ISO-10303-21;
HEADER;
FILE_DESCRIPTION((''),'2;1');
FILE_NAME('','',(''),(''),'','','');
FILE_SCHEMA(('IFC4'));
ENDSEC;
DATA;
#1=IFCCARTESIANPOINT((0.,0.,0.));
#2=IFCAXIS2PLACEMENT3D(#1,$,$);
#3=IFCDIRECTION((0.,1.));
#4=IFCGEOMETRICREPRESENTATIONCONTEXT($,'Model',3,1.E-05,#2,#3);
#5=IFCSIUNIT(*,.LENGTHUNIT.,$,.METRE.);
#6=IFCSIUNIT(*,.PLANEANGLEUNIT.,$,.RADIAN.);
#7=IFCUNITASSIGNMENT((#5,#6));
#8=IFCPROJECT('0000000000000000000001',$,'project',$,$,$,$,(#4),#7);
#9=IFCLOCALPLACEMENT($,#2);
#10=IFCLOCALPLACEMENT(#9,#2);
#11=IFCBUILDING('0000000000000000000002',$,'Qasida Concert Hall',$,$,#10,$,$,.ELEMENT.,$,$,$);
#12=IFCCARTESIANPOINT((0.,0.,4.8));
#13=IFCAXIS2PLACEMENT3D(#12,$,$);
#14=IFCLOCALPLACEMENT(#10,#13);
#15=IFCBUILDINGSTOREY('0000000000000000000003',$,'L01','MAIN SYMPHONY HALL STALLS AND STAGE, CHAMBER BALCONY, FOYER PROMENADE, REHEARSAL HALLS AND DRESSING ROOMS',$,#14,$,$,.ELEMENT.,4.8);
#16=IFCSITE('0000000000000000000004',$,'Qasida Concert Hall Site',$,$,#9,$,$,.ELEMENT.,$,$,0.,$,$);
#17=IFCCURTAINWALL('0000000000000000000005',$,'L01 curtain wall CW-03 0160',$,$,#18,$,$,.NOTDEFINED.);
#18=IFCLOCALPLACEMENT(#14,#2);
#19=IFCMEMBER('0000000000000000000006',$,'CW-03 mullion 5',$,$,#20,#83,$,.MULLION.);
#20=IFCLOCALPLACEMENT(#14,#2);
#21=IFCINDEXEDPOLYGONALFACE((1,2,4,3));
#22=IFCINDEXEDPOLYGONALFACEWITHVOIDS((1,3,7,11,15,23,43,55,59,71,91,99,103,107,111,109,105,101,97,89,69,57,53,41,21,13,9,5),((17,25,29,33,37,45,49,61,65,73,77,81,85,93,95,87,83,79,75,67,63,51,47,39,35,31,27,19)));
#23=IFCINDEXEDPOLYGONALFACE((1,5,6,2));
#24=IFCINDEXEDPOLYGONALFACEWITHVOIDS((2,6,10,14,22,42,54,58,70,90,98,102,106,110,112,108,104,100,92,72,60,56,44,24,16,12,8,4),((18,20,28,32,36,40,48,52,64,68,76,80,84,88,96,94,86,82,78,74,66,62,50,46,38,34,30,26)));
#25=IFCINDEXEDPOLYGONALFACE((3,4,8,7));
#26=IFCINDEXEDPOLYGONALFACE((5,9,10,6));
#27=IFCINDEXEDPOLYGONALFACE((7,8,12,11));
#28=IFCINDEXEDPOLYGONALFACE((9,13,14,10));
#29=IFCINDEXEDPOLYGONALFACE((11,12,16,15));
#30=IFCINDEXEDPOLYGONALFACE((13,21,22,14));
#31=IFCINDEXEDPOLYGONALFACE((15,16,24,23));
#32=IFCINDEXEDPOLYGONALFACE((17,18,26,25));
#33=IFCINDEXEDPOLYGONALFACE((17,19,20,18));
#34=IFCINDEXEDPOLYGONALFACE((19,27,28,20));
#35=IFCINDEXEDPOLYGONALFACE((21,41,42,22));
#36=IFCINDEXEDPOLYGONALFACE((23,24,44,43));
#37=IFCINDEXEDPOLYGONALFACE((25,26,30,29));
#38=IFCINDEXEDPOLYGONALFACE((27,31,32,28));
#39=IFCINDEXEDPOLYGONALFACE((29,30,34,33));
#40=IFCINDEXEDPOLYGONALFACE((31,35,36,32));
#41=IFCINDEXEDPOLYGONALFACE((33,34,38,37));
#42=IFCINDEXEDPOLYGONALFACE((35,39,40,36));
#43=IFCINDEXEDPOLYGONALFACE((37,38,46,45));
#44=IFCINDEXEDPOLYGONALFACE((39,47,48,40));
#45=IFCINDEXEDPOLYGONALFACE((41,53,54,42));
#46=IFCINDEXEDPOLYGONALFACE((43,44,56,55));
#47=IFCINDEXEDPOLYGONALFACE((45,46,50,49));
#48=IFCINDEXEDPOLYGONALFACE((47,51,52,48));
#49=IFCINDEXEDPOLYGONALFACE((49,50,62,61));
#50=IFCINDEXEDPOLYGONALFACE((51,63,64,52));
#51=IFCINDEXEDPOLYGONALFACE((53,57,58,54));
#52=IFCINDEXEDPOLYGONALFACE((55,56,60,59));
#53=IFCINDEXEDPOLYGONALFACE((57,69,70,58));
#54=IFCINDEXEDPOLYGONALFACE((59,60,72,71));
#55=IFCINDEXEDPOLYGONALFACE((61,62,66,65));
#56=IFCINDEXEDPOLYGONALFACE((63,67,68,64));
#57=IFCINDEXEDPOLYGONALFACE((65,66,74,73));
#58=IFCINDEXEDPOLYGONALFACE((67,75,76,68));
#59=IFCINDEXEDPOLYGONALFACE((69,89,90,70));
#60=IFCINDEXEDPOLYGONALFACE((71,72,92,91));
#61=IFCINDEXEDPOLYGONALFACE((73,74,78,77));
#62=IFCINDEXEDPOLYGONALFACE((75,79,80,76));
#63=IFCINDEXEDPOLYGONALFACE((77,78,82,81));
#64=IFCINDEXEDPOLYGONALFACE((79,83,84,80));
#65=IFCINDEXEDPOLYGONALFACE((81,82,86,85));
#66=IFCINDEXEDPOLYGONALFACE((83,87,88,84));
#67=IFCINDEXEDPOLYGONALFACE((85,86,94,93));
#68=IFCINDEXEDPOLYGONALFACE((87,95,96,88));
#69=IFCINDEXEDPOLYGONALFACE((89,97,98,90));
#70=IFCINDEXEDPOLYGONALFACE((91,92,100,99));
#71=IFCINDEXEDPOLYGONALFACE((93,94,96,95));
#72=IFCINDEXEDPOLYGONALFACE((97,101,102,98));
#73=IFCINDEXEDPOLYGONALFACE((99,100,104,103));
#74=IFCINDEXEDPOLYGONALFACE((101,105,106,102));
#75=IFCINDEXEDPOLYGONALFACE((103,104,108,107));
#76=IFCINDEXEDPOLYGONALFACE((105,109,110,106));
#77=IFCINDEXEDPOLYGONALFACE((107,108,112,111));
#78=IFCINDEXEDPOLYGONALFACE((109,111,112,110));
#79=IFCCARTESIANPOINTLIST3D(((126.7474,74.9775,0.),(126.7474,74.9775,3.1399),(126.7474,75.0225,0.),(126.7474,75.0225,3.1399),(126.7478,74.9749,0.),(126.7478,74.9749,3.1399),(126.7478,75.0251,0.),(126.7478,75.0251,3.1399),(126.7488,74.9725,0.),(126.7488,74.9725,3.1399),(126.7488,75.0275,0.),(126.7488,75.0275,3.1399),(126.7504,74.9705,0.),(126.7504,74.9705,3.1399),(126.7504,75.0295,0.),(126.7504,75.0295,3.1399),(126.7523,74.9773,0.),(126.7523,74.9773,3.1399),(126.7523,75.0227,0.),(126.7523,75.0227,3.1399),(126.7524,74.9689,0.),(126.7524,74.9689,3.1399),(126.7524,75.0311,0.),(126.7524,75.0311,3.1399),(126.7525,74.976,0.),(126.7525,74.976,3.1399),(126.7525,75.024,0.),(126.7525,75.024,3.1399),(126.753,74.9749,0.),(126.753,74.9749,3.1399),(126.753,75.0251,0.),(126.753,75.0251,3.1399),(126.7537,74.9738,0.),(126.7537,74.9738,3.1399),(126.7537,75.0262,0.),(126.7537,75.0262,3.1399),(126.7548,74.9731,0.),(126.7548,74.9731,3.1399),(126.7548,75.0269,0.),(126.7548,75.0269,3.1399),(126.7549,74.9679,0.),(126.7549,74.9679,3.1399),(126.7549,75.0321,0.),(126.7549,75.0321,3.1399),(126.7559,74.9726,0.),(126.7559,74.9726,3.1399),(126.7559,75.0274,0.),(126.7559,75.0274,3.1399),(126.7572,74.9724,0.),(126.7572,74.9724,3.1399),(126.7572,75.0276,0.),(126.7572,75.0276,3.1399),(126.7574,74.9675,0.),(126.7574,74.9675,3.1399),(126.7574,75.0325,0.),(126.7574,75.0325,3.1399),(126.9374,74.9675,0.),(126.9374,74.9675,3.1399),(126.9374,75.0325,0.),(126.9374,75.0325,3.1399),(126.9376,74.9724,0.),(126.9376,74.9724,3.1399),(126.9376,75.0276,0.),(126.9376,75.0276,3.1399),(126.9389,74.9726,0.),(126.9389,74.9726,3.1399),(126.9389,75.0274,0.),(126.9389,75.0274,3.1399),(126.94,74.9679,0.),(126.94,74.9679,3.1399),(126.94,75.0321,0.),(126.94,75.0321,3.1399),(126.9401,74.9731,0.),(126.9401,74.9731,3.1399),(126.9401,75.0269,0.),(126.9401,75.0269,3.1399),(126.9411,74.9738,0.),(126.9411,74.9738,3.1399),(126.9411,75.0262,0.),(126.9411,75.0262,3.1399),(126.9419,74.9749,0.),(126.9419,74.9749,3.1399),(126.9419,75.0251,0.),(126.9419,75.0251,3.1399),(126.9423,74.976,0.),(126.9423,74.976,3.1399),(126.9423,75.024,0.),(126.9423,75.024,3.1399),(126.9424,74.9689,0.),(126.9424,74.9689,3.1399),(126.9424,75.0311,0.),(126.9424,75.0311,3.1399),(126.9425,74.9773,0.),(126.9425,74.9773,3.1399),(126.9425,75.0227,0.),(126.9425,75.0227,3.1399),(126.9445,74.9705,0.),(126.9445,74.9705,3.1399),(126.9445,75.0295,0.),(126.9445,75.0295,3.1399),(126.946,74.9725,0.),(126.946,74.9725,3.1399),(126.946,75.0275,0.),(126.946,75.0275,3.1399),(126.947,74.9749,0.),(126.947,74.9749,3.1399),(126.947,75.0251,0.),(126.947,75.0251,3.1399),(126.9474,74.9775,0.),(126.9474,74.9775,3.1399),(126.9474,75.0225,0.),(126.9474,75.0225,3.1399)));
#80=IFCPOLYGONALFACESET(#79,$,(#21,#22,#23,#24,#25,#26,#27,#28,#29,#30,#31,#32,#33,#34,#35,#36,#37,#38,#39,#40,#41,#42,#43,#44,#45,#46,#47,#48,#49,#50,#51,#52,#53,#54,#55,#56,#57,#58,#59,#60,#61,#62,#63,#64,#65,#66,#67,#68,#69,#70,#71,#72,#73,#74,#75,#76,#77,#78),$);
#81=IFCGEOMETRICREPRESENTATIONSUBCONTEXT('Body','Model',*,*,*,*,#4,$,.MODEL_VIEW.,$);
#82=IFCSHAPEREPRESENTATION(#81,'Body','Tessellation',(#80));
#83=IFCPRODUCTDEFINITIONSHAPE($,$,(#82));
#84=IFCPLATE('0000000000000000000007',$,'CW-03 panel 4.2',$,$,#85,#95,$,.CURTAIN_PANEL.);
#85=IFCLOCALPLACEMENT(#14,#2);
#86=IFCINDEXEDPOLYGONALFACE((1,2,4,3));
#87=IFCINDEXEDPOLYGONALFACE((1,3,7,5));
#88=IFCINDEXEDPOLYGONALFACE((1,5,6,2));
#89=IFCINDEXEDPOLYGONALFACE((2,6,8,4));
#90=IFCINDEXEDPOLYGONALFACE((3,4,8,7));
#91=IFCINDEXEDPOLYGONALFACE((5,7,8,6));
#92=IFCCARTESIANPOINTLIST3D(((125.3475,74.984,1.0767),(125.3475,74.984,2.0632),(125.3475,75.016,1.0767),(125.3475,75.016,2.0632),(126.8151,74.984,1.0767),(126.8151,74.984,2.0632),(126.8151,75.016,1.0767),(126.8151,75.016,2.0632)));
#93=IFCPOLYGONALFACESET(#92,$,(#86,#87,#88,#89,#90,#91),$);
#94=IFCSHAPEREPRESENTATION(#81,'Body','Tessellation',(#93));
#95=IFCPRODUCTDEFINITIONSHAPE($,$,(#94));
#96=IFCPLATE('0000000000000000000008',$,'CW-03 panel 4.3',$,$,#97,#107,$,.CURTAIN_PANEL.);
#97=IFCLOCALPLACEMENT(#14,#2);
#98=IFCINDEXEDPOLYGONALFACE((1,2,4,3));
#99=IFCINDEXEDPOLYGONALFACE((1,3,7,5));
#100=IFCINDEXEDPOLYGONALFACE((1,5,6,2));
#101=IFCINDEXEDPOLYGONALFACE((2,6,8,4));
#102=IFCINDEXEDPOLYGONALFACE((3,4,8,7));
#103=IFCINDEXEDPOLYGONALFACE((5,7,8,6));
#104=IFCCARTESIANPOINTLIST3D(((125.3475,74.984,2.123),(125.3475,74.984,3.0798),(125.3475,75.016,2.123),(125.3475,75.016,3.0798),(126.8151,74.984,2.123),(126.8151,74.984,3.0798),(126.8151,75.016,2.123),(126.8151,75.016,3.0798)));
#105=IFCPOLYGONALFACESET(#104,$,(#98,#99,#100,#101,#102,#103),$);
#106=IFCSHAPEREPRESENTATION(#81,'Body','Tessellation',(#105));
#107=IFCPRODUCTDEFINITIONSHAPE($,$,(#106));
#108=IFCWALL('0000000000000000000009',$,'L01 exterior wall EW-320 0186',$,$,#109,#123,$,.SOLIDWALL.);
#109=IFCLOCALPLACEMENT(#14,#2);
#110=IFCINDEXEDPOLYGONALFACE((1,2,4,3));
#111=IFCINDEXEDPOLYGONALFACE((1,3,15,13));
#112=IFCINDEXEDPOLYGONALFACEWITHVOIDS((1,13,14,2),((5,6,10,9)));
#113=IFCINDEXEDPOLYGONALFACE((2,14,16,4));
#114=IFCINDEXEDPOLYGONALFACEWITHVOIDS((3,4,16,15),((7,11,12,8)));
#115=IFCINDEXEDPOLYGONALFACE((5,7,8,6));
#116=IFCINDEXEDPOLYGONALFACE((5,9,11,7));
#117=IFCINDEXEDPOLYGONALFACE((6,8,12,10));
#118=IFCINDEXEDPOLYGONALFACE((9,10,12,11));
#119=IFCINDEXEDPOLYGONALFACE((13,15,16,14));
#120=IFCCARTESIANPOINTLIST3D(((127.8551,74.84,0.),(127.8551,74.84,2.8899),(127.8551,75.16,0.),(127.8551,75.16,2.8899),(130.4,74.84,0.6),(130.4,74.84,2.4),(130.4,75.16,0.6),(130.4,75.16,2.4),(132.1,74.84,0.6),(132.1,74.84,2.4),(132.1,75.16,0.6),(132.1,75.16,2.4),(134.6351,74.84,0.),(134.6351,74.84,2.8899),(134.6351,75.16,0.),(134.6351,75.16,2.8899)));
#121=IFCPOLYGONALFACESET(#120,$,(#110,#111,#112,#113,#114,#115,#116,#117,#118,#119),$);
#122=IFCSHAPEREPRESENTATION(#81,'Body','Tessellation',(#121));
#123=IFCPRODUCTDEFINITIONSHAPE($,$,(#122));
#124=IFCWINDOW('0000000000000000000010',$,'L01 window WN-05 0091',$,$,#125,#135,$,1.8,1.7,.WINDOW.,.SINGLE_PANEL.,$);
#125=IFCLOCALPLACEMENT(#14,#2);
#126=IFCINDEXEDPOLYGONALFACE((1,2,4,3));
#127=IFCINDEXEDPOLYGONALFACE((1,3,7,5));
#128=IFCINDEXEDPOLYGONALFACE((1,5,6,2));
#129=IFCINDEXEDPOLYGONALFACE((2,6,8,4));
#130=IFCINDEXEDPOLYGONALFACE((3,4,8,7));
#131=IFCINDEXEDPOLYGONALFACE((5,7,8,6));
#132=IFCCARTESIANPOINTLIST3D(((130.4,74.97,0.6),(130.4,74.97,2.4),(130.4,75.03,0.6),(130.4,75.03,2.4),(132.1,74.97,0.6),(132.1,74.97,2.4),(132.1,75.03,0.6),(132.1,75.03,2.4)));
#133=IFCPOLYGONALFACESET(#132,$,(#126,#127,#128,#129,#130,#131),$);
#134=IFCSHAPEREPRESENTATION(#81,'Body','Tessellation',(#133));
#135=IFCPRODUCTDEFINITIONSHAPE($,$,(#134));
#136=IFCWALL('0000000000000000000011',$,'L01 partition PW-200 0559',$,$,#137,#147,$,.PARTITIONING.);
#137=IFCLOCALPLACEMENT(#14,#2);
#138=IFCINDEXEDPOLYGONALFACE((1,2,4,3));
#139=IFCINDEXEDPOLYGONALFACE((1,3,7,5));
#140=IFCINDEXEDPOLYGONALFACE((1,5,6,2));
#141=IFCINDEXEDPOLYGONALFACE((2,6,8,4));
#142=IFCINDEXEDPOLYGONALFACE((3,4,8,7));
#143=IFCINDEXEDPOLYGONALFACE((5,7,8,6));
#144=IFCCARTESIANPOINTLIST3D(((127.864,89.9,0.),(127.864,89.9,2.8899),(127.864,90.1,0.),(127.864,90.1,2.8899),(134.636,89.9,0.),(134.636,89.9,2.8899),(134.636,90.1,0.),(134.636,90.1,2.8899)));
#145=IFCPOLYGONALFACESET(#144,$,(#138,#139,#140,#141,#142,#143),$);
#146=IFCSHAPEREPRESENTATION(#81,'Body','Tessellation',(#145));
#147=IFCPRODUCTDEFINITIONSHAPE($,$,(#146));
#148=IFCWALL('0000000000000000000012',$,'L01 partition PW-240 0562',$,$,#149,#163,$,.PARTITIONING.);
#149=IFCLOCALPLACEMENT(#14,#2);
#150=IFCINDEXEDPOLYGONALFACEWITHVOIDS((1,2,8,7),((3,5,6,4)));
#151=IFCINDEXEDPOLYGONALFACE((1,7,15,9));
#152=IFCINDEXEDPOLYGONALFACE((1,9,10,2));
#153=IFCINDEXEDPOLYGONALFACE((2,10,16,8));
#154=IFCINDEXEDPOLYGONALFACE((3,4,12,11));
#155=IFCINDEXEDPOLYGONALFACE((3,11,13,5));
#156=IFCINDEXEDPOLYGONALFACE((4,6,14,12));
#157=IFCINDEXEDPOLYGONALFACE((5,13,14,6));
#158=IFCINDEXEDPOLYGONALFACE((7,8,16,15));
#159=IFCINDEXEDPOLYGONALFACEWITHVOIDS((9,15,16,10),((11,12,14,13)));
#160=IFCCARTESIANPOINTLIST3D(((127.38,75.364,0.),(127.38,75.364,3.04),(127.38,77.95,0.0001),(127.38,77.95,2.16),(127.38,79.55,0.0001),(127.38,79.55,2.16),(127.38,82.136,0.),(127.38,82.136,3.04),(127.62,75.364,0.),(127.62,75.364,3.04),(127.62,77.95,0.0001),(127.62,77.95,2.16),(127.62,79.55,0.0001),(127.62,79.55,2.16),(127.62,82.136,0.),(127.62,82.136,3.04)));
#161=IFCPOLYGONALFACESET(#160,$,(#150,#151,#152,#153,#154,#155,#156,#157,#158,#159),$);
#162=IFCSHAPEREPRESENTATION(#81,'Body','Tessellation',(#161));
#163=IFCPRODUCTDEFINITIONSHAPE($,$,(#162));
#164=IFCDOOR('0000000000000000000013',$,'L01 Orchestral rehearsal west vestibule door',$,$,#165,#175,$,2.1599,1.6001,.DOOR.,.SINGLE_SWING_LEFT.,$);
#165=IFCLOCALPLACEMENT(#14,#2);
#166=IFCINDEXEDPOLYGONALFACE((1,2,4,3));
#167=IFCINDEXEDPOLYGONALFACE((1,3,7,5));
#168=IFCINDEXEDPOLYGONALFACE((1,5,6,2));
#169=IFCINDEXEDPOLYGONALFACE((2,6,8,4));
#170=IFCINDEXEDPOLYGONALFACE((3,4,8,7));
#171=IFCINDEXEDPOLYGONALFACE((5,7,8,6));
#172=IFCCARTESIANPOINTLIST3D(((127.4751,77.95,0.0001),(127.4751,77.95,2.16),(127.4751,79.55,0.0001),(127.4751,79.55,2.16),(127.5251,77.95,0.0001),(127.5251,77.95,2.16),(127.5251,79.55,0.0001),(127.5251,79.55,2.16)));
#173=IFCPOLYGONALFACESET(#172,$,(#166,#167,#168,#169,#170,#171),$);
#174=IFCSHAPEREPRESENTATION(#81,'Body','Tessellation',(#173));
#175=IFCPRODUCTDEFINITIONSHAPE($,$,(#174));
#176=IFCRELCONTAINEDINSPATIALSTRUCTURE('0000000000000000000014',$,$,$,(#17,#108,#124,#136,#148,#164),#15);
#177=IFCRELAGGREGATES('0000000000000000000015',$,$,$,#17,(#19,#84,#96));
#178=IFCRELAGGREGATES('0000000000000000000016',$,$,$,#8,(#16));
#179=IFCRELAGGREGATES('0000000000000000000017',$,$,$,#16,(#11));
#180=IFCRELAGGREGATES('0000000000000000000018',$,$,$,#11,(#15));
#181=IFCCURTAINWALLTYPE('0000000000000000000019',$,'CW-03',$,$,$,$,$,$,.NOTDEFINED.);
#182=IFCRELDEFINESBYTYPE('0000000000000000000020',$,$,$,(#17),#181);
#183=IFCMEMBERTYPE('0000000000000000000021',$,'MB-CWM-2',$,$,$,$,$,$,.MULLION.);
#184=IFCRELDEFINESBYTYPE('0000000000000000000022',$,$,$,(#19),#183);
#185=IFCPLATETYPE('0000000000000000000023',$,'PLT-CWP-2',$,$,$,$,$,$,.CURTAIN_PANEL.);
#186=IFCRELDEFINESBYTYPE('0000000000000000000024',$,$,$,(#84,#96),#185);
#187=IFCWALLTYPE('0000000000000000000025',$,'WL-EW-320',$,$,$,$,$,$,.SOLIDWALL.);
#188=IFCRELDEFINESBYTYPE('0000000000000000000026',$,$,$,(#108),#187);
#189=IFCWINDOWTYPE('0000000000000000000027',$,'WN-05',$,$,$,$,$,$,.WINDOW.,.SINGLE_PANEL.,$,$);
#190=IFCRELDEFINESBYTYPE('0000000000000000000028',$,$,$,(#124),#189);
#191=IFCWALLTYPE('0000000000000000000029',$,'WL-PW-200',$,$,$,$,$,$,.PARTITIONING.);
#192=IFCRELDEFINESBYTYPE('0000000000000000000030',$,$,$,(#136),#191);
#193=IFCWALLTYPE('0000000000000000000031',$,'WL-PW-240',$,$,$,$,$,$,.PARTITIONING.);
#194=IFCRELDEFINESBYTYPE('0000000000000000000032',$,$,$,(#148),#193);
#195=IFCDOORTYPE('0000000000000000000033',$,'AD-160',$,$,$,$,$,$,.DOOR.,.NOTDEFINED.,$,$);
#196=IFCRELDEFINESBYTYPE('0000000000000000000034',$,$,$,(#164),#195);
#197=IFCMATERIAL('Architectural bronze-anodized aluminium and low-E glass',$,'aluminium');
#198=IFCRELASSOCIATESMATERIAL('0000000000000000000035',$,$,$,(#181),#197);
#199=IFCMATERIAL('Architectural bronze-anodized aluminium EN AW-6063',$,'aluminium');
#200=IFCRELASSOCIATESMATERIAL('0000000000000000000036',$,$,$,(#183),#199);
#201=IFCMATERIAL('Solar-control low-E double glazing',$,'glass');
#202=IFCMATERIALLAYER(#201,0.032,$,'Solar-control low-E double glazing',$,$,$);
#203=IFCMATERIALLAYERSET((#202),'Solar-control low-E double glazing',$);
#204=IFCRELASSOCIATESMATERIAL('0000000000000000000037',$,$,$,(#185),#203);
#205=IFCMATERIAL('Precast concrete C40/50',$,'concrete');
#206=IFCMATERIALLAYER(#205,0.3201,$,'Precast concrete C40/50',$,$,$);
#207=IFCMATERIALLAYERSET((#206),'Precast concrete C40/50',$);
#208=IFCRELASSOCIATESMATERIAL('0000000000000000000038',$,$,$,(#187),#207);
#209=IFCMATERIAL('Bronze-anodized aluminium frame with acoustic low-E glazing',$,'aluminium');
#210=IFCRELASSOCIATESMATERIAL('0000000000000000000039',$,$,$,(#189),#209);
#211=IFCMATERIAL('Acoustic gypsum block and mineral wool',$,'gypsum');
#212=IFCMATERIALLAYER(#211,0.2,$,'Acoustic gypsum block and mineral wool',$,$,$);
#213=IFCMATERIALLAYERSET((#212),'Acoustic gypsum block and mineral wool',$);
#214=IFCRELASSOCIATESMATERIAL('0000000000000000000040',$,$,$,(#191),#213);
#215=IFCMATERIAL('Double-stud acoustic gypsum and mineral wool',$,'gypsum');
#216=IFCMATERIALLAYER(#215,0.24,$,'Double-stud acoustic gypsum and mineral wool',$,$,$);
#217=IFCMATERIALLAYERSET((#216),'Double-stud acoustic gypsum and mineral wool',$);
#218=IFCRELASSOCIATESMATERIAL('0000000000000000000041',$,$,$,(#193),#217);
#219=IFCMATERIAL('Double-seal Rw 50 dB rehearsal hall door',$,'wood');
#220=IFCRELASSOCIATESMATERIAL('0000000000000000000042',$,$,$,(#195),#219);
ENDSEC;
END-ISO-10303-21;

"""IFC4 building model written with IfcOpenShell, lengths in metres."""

from ifc_helpers import new_model, si_unit, direction, frame, frame_2d, origin, origin_2d, place, context, subcontext, project, spatial, rectangle, hollow_rectangle, extrude, material, layer, layer_set, material_profile, profile_set, type_object, element, fill, aggregate, save


model = new_model("IFC4")

# Units and contexts
model_context = context("Model", 3, precision=1e-05, world=origin(), true_north=direction((0.0, 1.0)))
body_context = subcontext(model_context, "Body", "Model", "MODEL_VIEW")
ifc_project = project(units=[si_unit("LENGTHUNIT", "METRE"), si_unit("PLANEANGLEUNIT", "RADIAN")], contexts=[model_context])

# Site, building, storey
site_placement = place(None, origin())
site = spatial("IfcSite", under=ifc_project, at=site_placement, Name="Qasida Concert Hall Site", CompositionType="ELEMENT", RefElevation=0.0)
building_placement = place(site_placement, origin())
building = spatial("IfcBuilding", under=site, at=building_placement, Name="Qasida Concert Hall", CompositionType="ELEMENT")
storey_placement = place(building_placement, frame((0.0, 0.0, 4.8)))
storey = spatial("IfcBuildingStorey", under=building, at=storey_placement, Name="L01", Description="MAIN SYMPHONY HALL STALLS AND STAGE, CHAMBER BALCONY, FOYER PROMENADE, REHEARSAL HALLS AND DRESSING ROOMS", CompositionType="ELEMENT", Elevation=4.8)

# Curtain wall, member, plates
ifc_material_1 = material(Name="Architectural bronze-anodized aluminium and low-E glass", Category="aluminium")
curtain_wall_type = type_object("IfcCurtainWallType", Name="CW-03", PredefinedType="NOTDEFINED", material=ifc_material_1)
curtain_wall_placement = place(storey_placement, origin())
curtain_wall = element("IfcCurtainWall", 1, at=curtain_wall_placement, inside=storey, type_object=curtain_wall_type, Name="L01 curtain wall CW-03 0160", PredefinedType="NOTDEFINED")
ifc_material_2 = material(Name="Architectural bronze-anodized aluminium EN AW-6063", Category="aluminium")
ifc_material_profile_1 = material_profile(ifc_material_2, hollow_rectangle(XDim=0.0649, YDim=0.2, WallThickness=0.0049, InnerFilletRadius=0.0049, OuterFilletRadius=0.01, at=origin_2d()), Name="CWM 200x65x5")
ifc_profile_set_1 = profile_set([ifc_material_profile_1], Name="Architectural bronze-anodized aluminium EN AW-6063")
member_type = type_object("IfcMemberType", Name="MB-CWM-2", PredefinedType="MULLION", material=ifc_profile_set_1)
member_placement = place(storey_placement, frame((126.8474, 75.0, 0.0), z_axis=(0.0, 0.0, 1.0), x_axis=(0.0, 1.0, 0.0)))
member = element("IfcMember", 2, at=member_placement, type_object=member_type, Name="CW-03 mullion 5", PredefinedType="MULLION", context=body_context, shape_type="SweptSolid", body=[
    extrude(hollow_rectangle(XDim=0.0649, YDim=0.2, WallThickness=0.0049, InnerFilletRadius=0.0049, OuterFilletRadius=0.01, at=origin_2d()), origin(), (0.0, 0.0, 1.0), 3.1399),
])
ifc_material_3 = material(Name="Solar-control low-E double glazing", Category="glass")
ifc_layer_1 = layer(ifc_material_3, 0.032, Name="Solar-control low-E double glazing")
ifc_layer_set_1 = layer_set([ifc_layer_1], Name="Solar-control low-E double glazing")
plate_type = type_object("IfcPlateType", Name="PLT-CWP-2", PredefinedType="CURTAIN_PANEL", material=ifc_layer_set_1)
plate_1_placement = place(storey_placement, frame((126.0813, 75.0, 1.0767), z_axis=(0.0, 0.0, 1.0), x_axis=(1.0, 0.0, 0.0)))
plate_1 = element("IfcPlate", 3, at=plate_1_placement, type_object=plate_type, Name="CW-03 panel 4.2", PredefinedType="CURTAIN_PANEL", context=body_context, shape_type="SweptSolid", body=[
    extrude(rectangle(XDim=1.4675, YDim=0.032, at=origin_2d()), origin(), (0.0, 0.0, 1.0), 0.9866),
])
plate_2_placement = place(storey_placement, frame((126.0813, 75.0, 2.123), z_axis=(0.0, 0.0, 1.0), x_axis=(1.0, 0.0, 0.0)))
plate_2 = element("IfcPlate", 4, at=plate_2_placement, type_object=plate_type, Name="CW-03 panel 4.3", PredefinedType="CURTAIN_PANEL", context=body_context, shape_type="SweptSolid", body=[
    extrude(rectangle(XDim=1.4675, YDim=0.032, at=origin_2d()), origin(), (0.0, 0.0, 1.0), 0.9568),
])
aggregate(curtain_wall, [member, plate_1, plate_2])

# Wall, opening, window
ifc_material_4 = material(Name="Precast concrete C40/50", Category="concrete")
ifc_layer_2 = layer(ifc_material_4, 0.3201, Name="Precast concrete C40/50")
ifc_layer_set_2 = layer_set([ifc_layer_2], Name="Precast concrete C40/50")
wall_type_1 = type_object("IfcWallType", Name="WL-EW-320", PredefinedType="SOLIDWALL", material=ifc_layer_set_2)
wall_1_placement = place(storey_placement, frame((127.855, 75.0, 0.0), z_axis=(0.0, 0.0, 1.0), x_axis=(1.0, 0.0, 0.0)))
wall_1 = element("IfcWall", 5, at=wall_1_placement, inside=storey, type_object=wall_type_1, Name="L01 exterior wall EW-320 0186", PredefinedType="SOLIDWALL", context=body_context, shape_type="SweptSolid", body=[
    extrude(rectangle(XDim=6.78, YDim=0.3201, at=frame_2d((3.3901, 0.0))), origin(), (0.0, 0.0, 1.0), 2.8899),
])
opening_1_placement = place(wall_1_placement, frame((2.5449, 0.0, 0.6001)))
opening_1 = element("IfcOpeningElement", 6, at=opening_1_placement, cuts=wall_1, PredefinedType="OPENING", context=body_context, shape_type="SweptSolid", body=[
    extrude(rectangle(XDim=1.7, YDim=1.8, at=frame_2d((0.8501, 0.8999))), frame((0.0, 0.1699, 0.0), z_axis=(0.0, -1.0, 0.0), x_axis=(1.0, 0.0, 0.0)), (0.0, 0.0, 1.0), 0.3401),
])
ifc_material_5 = material(Name="Bronze-anodized aluminium frame with acoustic low-E glazing", Category="aluminium")
window_type = type_object("IfcWindowType", Name="WN-05", PartitioningType="SINGLE_PANEL", PredefinedType="WINDOW", material=ifc_material_5)
window_placement = place(opening_1_placement, origin())
window = element("IfcWindow", 7, at=window_placement, inside=storey, type_object=window_type, Name="L01 window WN-05 0091", OverallHeight=1.8, OverallWidth=1.7, PartitioningType="SINGLE_PANEL", PredefinedType="WINDOW", context=body_context, shape_type="SweptSolid", body=[
    extrude(rectangle(XDim=1.7, YDim=1.8, at=frame_2d((0.8501, 0.8999))), frame((0.0, 0.03, 0.0), z_axis=(0.0, -1.0, 0.0), x_axis=(1.0, 0.0, 0.0)), (0.0, 0.0, 1.0), 0.0601),
])
fill(opening_1, window)

# Wall
ifc_material_6 = material(Name="Acoustic gypsum block and mineral wool", Category="gypsum")
ifc_layer_3 = layer(ifc_material_6, 0.2, Name="Acoustic gypsum block and mineral wool")
ifc_layer_set_3 = layer_set([ifc_layer_3], Name="Acoustic gypsum block and mineral wool")
wall_type_2 = type_object("IfcWallType", Name="WL-PW-200", PredefinedType="PARTITIONING", material=ifc_layer_set_3)
wall_2_placement = place(storey_placement, frame((127.864, 90.0, 0.0), z_axis=(0.0, 0.0, 1.0), x_axis=(1.0, 0.0, 0.0)))
element("IfcWall", 8, at=wall_2_placement, inside=storey, type_object=wall_type_2, Name="L01 partition PW-200 0559", PredefinedType="PARTITIONING", context=body_context, shape_type="SweptSolid", body=[
    extrude(rectangle(XDim=6.772, YDim=0.2, at=frame_2d((3.386, 0.0))), origin(), (0.0, 0.0, 1.0), 2.8899),
])

# Wall, opening, door
ifc_material_7 = material(Name="Double-stud acoustic gypsum and mineral wool", Category="gypsum")
ifc_layer_4 = layer(ifc_material_7, 0.24, Name="Double-stud acoustic gypsum and mineral wool")
ifc_layer_set_4 = layer_set([ifc_layer_4], Name="Double-stud acoustic gypsum and mineral wool")
wall_type_3 = type_object("IfcWallType", Name="WL-PW-240", PredefinedType="PARTITIONING", material=ifc_layer_set_4)
wall_3_placement = place(storey_placement, frame((127.5, 75.364, 0.0), z_axis=(0.0, 0.0, 1.0), x_axis=(0.0, 1.0, 0.0)))
wall_3 = element("IfcWall", 9, at=wall_3_placement, inside=storey, type_object=wall_type_3, Name="L01 partition PW-240 0562", PredefinedType="PARTITIONING", context=body_context, shape_type="SweptSolid", body=[
    extrude(rectangle(XDim=6.772, YDim=0.24, at=frame_2d((3.386, 0.0))), origin(), (0.0, 0.0, 1.0), 3.04),
])
opening_2_placement = place(wall_3_placement, frame((2.5859, 0.0, 0.0)))
opening_2 = element("IfcOpeningElement", 10, at=opening_2_placement, cuts=wall_3, PredefinedType="OPENING", context=body_context, shape_type="SweptSolid", body=[
    extrude(rectangle(XDim=1.6001, YDim=2.1599, at=frame_2d((0.8, 1.0801))), frame((0.0, 0.1299, 0.0), z_axis=(0.0, -1.0, 0.0), x_axis=(1.0, 0.0, 0.0)), (0.0, 0.0, 1.0), 0.26),
])
ifc_material_8 = material(Name="Double-seal Rw 50 dB rehearsal hall door", Category="wood")
door_type = type_object("IfcDoorType", Name="AD-160", OperationType="NOTDEFINED", PredefinedType="DOOR", material=ifc_material_8)
door_placement = place(opening_2_placement, origin())
door = element("IfcDoor", 11, at=door_placement, inside=storey, type_object=door_type, Name="L01 Orchestral rehearsal west vestibule door", OperationType="SINGLE_SWING_LEFT", OverallHeight=2.1599, OverallWidth=1.6001, PredefinedType="DOOR", context=body_context, shape_type="SweptSolid", body=[
    extrude(rectangle(XDim=1.6001, YDim=2.1599, at=frame_2d((0.8, 1.0801))), frame((0.0, 0.0249, 0.0), z_axis=(0.0, -1.0, 0.0), x_axis=(1.0, 0.0, 0.0)), (0.0, 0.0, 1.0), 0.05),
])
fill(opening_2, door)

save(model, "model.ifc")
